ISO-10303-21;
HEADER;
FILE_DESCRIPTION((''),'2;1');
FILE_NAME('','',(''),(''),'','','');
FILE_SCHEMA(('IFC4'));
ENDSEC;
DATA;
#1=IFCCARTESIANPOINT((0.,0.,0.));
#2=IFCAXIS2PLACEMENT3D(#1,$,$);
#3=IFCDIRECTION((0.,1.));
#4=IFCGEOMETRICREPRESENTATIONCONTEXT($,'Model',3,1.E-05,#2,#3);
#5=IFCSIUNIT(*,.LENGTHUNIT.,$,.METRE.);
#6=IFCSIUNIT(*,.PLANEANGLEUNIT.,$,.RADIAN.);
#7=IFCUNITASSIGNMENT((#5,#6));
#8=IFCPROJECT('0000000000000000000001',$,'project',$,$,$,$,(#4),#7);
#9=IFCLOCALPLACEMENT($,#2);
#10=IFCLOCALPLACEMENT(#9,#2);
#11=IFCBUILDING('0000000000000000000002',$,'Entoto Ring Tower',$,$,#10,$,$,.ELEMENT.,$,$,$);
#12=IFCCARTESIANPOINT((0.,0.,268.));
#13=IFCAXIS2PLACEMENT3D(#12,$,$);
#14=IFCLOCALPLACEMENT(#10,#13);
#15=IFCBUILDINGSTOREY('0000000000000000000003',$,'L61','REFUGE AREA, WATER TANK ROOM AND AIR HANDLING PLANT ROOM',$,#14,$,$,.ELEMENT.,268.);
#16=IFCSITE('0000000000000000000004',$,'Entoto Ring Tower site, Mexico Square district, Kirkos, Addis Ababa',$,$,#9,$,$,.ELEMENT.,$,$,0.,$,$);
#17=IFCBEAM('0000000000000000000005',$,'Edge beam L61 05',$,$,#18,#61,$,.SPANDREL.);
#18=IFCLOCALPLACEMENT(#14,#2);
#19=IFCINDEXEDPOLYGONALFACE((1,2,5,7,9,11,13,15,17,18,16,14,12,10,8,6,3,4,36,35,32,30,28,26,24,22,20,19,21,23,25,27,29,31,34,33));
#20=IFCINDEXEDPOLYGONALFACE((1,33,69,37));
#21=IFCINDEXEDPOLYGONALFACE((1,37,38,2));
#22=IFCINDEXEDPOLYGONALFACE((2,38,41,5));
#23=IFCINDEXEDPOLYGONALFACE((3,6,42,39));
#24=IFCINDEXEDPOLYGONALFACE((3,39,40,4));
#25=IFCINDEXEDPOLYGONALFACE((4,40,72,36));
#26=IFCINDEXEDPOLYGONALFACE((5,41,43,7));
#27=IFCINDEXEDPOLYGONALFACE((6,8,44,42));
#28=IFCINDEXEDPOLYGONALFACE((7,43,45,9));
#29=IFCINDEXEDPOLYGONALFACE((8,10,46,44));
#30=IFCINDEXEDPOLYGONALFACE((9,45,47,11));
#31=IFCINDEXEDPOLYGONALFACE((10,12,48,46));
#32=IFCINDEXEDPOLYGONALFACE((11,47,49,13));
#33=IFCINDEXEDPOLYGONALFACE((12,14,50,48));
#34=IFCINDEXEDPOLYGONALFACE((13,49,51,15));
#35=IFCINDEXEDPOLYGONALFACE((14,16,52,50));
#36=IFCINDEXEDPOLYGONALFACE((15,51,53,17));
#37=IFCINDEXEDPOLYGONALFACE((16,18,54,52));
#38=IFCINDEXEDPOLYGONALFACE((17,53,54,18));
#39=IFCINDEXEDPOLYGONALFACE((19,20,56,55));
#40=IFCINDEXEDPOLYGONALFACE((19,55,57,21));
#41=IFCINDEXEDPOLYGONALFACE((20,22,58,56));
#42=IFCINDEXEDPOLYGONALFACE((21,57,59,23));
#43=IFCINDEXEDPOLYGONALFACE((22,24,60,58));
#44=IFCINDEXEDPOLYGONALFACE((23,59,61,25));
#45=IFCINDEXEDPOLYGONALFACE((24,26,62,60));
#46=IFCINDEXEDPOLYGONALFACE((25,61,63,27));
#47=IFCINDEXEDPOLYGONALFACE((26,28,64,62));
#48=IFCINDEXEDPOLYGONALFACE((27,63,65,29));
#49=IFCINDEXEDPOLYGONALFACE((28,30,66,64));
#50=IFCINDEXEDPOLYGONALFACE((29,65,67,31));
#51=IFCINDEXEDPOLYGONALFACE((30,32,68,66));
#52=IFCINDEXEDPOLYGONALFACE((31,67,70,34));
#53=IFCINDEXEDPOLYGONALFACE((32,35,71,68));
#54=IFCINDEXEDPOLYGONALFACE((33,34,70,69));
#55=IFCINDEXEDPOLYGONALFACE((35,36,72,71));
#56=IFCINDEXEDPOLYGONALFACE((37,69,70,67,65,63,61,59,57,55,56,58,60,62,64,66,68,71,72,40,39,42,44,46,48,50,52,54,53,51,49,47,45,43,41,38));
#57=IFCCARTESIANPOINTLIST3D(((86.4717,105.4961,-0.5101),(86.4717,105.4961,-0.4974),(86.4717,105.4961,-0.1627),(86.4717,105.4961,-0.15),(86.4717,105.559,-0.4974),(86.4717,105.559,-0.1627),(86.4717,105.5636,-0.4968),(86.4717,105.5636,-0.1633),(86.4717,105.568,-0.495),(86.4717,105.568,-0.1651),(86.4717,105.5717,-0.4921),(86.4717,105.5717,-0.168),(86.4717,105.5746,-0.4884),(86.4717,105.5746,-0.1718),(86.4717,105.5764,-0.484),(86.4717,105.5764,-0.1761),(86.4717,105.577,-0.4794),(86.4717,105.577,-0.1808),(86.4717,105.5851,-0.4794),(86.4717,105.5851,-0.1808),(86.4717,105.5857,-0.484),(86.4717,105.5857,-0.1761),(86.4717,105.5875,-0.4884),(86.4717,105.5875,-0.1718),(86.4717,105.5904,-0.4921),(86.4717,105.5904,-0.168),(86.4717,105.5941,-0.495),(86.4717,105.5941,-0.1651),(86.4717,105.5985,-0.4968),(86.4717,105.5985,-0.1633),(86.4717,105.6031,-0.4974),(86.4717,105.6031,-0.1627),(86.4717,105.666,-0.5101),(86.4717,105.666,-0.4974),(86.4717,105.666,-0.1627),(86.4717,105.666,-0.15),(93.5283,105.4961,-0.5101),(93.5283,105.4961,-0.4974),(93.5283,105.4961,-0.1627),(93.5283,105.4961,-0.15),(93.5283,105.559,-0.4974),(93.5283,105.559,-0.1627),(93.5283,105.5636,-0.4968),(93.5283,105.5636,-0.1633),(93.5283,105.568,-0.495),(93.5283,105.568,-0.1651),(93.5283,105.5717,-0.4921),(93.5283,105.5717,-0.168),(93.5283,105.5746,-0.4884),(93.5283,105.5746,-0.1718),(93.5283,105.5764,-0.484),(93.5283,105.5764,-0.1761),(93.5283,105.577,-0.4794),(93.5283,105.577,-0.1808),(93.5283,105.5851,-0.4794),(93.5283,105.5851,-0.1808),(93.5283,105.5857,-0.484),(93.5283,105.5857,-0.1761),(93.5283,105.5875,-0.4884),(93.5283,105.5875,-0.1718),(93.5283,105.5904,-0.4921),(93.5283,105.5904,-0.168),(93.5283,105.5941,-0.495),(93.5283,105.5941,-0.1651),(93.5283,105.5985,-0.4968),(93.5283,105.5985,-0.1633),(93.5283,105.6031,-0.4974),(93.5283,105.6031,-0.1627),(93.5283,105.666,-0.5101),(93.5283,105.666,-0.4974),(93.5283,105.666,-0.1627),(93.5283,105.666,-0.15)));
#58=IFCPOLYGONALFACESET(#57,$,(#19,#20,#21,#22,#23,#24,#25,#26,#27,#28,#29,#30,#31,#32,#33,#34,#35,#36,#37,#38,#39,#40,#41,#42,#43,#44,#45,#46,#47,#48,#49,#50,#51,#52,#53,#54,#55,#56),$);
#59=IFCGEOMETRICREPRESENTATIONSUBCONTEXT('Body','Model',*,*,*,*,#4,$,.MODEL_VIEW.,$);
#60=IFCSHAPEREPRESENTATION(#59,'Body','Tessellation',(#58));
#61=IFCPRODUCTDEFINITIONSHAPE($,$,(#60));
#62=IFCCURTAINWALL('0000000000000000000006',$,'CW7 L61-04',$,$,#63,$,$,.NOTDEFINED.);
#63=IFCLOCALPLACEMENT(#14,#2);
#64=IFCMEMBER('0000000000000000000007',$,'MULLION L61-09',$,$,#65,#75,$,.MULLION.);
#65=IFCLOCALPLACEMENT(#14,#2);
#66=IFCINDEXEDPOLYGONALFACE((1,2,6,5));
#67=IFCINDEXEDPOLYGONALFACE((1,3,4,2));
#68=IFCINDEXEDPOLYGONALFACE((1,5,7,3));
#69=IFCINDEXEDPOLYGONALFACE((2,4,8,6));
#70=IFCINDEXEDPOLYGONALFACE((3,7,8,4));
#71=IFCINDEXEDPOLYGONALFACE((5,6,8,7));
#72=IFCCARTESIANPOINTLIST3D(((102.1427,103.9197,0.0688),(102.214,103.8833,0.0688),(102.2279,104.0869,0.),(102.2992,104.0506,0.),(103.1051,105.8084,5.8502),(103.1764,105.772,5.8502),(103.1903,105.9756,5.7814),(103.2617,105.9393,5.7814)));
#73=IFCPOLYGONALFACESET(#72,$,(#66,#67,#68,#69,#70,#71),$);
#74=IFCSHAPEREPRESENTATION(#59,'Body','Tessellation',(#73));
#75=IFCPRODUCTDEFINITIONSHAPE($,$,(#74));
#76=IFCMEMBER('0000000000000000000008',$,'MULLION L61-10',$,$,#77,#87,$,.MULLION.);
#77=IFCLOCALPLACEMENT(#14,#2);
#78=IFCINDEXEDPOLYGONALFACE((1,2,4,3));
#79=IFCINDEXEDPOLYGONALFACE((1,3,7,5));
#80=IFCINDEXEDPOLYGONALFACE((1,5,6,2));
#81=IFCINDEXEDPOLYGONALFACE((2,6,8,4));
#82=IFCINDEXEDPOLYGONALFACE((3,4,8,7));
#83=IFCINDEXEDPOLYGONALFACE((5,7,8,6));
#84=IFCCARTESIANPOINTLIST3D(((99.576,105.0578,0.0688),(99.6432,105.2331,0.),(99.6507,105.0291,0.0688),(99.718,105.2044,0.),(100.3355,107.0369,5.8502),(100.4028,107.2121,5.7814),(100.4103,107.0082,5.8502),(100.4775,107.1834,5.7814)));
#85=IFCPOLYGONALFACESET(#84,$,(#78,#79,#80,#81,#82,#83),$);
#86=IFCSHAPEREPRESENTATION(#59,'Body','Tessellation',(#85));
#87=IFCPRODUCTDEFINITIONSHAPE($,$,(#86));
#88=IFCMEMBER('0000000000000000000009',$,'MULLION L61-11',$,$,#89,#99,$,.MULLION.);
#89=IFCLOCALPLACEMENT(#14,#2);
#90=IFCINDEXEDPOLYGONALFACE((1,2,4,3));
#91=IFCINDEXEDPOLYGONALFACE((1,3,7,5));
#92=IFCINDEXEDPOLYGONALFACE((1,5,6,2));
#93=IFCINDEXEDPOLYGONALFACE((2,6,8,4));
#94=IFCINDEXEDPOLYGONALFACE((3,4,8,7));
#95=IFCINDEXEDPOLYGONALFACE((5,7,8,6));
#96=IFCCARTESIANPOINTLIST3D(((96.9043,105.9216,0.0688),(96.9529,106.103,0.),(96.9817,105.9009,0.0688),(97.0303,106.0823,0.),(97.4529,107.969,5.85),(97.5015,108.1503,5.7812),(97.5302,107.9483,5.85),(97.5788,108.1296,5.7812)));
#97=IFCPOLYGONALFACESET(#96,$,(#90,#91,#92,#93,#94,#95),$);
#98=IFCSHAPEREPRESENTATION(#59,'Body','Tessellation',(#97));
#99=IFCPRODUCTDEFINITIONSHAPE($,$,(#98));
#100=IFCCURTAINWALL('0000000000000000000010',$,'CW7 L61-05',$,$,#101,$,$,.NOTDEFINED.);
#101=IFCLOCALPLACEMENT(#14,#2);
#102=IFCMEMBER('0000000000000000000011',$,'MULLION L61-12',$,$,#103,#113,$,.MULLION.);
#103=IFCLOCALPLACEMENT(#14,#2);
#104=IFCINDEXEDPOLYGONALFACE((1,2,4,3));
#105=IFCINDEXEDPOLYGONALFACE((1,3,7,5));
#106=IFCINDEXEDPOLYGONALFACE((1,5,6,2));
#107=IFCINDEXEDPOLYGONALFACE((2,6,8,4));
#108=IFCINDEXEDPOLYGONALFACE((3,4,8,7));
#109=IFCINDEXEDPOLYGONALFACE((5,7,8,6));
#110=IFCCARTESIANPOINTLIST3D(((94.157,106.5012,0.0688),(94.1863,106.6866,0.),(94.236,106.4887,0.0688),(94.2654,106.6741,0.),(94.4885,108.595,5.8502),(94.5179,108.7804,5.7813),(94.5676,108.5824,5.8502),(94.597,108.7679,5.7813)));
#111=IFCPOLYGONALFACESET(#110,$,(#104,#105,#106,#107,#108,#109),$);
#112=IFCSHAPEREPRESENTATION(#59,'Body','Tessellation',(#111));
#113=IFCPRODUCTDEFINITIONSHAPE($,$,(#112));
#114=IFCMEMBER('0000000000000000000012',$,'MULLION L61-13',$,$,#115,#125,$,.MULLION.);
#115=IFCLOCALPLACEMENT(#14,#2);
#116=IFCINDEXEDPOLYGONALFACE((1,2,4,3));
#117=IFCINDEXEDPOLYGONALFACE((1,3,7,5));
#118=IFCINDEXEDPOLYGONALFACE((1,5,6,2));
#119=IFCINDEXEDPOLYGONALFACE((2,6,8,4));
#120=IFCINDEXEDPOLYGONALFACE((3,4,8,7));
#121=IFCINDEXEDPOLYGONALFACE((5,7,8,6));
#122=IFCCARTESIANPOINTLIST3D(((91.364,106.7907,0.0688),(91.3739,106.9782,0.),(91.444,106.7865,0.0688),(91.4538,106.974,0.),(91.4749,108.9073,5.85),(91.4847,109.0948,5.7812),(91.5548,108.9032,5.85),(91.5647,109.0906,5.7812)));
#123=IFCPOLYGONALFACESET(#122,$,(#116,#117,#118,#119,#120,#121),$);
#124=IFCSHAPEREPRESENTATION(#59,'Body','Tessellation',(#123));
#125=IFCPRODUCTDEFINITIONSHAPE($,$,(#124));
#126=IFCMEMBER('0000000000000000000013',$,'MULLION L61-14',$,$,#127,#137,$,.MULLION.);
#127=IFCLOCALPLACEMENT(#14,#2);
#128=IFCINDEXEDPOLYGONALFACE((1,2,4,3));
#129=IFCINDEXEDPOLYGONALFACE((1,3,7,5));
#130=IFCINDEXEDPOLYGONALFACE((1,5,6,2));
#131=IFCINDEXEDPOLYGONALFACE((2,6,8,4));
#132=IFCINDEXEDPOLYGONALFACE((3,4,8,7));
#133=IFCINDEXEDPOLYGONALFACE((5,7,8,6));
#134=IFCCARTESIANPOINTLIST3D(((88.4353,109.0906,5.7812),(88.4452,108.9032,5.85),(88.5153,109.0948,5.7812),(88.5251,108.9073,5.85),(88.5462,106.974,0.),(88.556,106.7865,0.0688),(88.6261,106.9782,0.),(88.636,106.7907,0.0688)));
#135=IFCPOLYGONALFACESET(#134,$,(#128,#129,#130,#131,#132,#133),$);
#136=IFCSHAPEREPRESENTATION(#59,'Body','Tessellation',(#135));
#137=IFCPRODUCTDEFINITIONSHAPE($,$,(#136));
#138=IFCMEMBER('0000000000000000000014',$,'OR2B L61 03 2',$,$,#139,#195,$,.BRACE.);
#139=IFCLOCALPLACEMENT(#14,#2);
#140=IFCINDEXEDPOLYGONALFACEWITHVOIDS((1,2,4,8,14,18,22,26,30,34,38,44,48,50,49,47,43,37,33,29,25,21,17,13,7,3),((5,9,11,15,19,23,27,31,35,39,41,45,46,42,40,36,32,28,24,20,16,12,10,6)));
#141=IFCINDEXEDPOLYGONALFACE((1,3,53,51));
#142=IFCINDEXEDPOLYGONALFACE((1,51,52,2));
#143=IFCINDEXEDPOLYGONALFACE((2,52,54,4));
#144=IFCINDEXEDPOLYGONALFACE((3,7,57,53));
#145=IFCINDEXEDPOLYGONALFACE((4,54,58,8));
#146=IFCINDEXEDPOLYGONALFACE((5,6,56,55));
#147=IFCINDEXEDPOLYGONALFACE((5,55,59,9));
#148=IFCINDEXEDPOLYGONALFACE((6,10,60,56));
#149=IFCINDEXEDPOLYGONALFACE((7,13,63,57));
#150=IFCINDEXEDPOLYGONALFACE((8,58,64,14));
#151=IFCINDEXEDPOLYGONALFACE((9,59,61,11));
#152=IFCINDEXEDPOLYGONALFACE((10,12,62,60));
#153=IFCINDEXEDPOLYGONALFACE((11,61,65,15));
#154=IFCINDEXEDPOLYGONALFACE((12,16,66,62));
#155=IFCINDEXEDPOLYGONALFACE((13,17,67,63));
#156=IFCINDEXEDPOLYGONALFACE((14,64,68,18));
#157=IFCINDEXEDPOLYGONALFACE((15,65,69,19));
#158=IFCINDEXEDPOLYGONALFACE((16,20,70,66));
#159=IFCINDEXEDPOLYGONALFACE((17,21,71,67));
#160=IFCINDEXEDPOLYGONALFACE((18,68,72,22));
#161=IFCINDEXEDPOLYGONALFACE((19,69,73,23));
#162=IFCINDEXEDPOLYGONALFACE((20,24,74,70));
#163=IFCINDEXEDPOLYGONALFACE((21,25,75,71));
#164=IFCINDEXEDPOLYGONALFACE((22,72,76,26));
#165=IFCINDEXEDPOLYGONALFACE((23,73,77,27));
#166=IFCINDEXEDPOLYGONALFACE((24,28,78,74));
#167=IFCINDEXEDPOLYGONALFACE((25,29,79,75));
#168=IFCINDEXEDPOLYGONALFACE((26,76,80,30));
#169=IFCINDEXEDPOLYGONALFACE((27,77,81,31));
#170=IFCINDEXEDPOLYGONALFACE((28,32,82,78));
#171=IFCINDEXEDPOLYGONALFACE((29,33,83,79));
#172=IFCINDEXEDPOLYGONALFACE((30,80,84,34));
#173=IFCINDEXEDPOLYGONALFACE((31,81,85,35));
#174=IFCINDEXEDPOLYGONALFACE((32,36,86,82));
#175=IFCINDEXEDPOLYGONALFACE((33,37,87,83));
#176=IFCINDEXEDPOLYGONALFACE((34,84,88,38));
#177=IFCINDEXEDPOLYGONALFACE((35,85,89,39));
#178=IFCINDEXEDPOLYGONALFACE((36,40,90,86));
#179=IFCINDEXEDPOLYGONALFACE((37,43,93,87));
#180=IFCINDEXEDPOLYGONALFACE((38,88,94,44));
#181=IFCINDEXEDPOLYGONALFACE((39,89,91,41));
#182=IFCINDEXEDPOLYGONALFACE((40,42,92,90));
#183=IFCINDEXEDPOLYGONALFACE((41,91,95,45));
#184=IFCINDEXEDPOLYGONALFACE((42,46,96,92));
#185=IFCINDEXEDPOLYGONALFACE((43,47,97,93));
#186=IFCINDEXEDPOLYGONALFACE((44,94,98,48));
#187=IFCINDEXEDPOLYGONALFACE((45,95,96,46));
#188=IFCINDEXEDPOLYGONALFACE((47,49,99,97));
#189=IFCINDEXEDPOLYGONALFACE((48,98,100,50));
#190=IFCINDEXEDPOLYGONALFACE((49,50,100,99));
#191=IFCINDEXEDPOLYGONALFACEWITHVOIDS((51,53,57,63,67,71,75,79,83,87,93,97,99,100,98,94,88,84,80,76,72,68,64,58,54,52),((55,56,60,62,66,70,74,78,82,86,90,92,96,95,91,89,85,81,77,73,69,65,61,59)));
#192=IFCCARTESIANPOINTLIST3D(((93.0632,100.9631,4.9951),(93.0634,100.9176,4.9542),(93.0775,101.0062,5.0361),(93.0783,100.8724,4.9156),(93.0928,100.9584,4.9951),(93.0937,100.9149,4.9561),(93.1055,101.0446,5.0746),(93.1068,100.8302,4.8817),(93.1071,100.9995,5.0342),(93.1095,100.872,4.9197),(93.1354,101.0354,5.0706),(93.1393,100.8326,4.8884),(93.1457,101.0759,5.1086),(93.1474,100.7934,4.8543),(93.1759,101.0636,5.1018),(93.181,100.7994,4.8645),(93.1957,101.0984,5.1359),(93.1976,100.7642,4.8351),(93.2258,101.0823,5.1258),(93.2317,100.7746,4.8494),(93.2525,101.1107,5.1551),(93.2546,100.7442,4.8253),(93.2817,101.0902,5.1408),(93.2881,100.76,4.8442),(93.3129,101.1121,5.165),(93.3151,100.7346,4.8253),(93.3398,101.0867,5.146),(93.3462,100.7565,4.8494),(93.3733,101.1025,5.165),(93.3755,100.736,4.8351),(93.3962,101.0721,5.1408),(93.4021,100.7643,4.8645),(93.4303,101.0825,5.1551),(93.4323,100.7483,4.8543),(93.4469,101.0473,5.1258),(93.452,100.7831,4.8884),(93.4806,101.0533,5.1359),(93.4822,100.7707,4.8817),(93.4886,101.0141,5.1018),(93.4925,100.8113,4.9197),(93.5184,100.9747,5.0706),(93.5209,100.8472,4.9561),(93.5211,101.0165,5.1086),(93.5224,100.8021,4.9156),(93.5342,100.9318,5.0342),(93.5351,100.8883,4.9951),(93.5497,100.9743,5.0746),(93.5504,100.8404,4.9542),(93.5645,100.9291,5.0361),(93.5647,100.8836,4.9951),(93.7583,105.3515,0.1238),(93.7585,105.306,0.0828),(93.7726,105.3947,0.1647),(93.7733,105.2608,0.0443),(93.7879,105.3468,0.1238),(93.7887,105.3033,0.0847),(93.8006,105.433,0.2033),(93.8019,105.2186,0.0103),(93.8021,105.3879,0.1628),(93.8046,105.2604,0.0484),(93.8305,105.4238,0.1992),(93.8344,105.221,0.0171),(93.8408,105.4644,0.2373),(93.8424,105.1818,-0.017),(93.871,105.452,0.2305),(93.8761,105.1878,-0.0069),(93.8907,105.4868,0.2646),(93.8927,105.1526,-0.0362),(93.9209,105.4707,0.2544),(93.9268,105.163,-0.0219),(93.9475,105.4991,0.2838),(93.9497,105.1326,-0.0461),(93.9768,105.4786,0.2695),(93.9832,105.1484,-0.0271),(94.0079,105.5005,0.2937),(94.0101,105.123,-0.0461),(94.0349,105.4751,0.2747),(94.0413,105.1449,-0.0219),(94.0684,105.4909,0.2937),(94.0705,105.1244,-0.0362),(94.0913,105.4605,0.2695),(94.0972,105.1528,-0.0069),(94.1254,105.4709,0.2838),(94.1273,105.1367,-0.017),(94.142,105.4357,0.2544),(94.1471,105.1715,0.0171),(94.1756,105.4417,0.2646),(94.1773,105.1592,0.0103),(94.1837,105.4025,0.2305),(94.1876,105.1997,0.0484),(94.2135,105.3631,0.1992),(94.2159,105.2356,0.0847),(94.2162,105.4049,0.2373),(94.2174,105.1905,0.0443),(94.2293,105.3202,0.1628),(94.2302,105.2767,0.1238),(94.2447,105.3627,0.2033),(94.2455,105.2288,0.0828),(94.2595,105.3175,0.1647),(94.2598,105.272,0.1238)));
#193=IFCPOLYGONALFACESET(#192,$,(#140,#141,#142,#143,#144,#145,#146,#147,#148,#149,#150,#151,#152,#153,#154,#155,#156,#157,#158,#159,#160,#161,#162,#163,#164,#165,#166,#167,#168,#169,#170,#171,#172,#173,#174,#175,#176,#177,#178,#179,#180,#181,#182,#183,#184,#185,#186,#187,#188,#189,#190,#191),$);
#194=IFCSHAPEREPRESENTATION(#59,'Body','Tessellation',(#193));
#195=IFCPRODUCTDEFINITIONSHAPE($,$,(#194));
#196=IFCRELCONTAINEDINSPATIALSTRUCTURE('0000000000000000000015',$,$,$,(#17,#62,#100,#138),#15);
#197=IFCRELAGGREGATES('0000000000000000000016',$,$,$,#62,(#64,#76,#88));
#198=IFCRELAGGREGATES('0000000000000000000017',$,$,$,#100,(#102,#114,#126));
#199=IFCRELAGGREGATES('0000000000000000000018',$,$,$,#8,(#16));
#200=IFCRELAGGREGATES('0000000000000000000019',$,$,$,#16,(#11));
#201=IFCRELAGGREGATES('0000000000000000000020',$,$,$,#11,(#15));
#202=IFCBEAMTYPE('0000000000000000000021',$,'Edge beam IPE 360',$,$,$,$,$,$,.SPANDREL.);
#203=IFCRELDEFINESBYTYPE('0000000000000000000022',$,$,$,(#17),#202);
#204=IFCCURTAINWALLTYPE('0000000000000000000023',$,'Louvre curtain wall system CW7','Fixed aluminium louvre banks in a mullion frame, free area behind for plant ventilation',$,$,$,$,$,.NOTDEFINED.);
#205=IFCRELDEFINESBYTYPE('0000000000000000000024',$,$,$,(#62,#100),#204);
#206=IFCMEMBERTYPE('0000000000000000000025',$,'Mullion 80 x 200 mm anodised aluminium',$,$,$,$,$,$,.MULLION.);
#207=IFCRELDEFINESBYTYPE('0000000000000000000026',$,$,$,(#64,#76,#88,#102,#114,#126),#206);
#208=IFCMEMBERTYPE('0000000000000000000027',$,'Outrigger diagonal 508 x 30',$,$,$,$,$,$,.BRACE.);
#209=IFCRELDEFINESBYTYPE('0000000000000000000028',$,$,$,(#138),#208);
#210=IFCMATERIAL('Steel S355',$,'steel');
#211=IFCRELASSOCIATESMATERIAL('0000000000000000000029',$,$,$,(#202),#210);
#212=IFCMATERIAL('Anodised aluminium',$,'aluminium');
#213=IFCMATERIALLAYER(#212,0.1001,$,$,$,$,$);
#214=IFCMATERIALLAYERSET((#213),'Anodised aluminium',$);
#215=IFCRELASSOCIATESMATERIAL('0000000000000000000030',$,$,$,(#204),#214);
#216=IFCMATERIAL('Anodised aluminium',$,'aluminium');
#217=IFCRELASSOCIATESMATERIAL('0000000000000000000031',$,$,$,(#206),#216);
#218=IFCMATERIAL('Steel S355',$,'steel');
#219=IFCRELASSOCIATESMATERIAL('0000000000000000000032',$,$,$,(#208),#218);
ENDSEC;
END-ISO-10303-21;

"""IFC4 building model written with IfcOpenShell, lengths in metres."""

from ifc_helpers import new_model, si_unit, direction, frame, origin, origin_2d, place, context, subcontext, project, spatial, rectangle, circle, hollow_circle, i_section, extrude, material, layer, layer_set, material_profile, profile_set, type_object, element, aggregate, save


model = new_model("IFC4")

# Units and contexts
model_context = context("Model", 3, precision=1e-05, world=origin(), true_north=direction((0.0, 1.0)))
body_context = subcontext(model_context, "Body", "Model", "MODEL_VIEW")
ifc_project = project(units=[si_unit("LENGTHUNIT", "METRE"), si_unit("PLANEANGLEUNIT", "RADIAN")], contexts=[model_context])

# Site, building, storey
site_placement = place(None, origin())
site = spatial("IfcSite", under=ifc_project, at=site_placement, Name="Entoto Ring Tower site, Mexico Square district, Kirkos, Addis Ababa", CompositionType="ELEMENT", RefElevation=0.0)
building_placement = place(site_placement, origin())
building = spatial("IfcBuilding", under=site, at=building_placement, Name="Entoto Ring Tower", CompositionType="ELEMENT")
storey_placement = place(building_placement, frame((0.0, 0.0, 268.0)))
storey = spatial("IfcBuildingStorey", under=building, at=storey_placement, Name="L61", Description="REFUGE AREA, WATER TANK ROOM AND AIR HANDLING PLANT ROOM", CompositionType="ELEMENT", Elevation=268.0)

# Beam
ifc_material_1 = material(Name="Steel S355", Category="steel")
ifc_material_profile_1 = material_profile(ifc_material_1, i_section(OverallWidth=0.1699, OverallDepth=0.3601, WebThickness=0.0081, FlangeThickness=0.0127, FilletRadius=0.0181, at=origin_2d()), Name="IPE 360")
ifc_profile_set_1 = profile_set([ifc_material_profile_1], Name="Steel S355")
beam_type = type_object("IfcBeamType", Name="Edge beam IPE 360", PredefinedType="SPANDREL", material=ifc_profile_set_1)
beam_1_placement = place(storey_placement, frame((93.5283, 105.5811, -0.3301), z_axis=(-1.0, 0.0, 0.0), x_axis=(0.0, -1.0, 0.0)))
element("IfcBeam", 1, at=beam_1_placement, inside=storey, type_object=beam_type, Name="Edge beam L61 05", PredefinedType="SPANDREL", context=body_context, shape_type="SweptSolid", body=[
    extrude(i_section(OverallWidth=0.1699, OverallDepth=0.3601, WebThickness=0.0081, FlangeThickness=0.0127, FilletRadius=0.0181, at=origin_2d()), origin(), (0.0, 0.0, 1.0), 7.0566),
])

# Curtain walls, members
ifc_material_2 = material(Name="Anodised aluminium", Category="aluminium")
ifc_layer_1 = layer(ifc_material_2, 0.1001)
ifc_layer_set_1 = layer_set([ifc_layer_1], Name="Anodised aluminium")
curtain_wall_type = type_object("IfcCurtainWallType", Name="Louvre curtain wall system CW7", Description="Fixed aluminium louvre banks in a mullion frame, free area behind for plant ventilation", PredefinedType="NOTDEFINED", material=ifc_layer_set_1)
curtain_wall_1_placement = place(storey_placement, origin())
curtain_wall_1 = element("IfcCurtainWall", 2, at=curtain_wall_1_placement, inside=storey, type_object=curtain_wall_type, Name="CW7 L61-04", PredefinedType="NOTDEFINED")
ifc_material_3 = material(Name="Anodised aluminium", Category="aluminium")
ifc_material_profile_2 = material_profile(ifc_material_3, rectangle(XDim=0.0801, YDim=0.2, at=origin_2d()), Name="Mullion 80 x 200 mm anodised aluminium")
ifc_profile_set_2 = profile_set([ifc_material_profile_2], Name="Anodised aluminium")
member_type_1 = type_object("IfcMemberType", Name="Mullion 80 x 200 mm anodised aluminium", PredefinedType="MULLION", material=ifc_profile_set_2)
member_1_placement = place(storey_placement, frame((102.2209, 103.9851, 0.0344), z_axis=(0.156295, 0.306722, 0.938879), x_axis=(-0.890992, 0.454019, 0.0)))
member_1 = element("IfcMember", 3, at=member_1_placement, type_object=member_type_1, Name="MULLION L61-09", PredefinedType="MULLION", context=body_context, shape_type="SweptSolid", body=[
    extrude(rectangle(XDim=0.0801, YDim=0.2, at=origin_2d()), origin(), (0.0, 0.0, 1.0), 6.1577),
])
member_2_placement = place(storey_placement, frame((99.647, 105.1311, 0.0344), z_axis=(0.123347, 0.321391, 0.938879), x_axis=(-0.933604, 0.358308, 0.0)))
member_2 = element("IfcMember", 4, at=member_2_placement, type_object=member_type_1, Name="MULLION L61-10", PredefinedType="MULLION", context=body_context, shape_type="SweptSolid", body=[
    extrude(rectangle(XDim=0.0801, YDim=0.2, at=origin_2d()), origin(), (0.0, 0.0, 1.0), 6.1577),
])
member_3_placement = place(storey_placement, frame((96.9673, 106.002, 0.0344), z_axis=(0.089091, 0.332496, 0.938887), x_axis=(-0.965926, 0.258817, 0.0)))
member_3 = element("IfcMember", 5, at=member_3_placement, type_object=member_type_1, Name="MULLION L61-11", PredefinedType="MULLION", context=body_context, shape_type="SweptSolid", body=[
    extrude(rectangle(XDim=0.0801, YDim=0.2, at=origin_2d()), origin(), (0.0, 0.0, 1.0), 6.1575),
])
aggregate(curtain_wall_1, [member_1, member_2, member_3])
curtain_wall_2_placement = place(storey_placement, origin())
curtain_wall_2 = element("IfcCurtainWall", 6, at=curtain_wall_2_placement, inside=storey, type_object=curtain_wall_type, Name="CW7 L61-05", PredefinedType="NOTDEFINED")
member_4_placement = place(storey_placement, frame((94.2112, 106.5876, 0.0344), z_axis=(0.053843, 0.340025, 0.938874), x_axis=(-0.987694, 0.1564, 0.0)))
member_4 = element("IfcMember", 7, at=member_4_placement, type_object=member_type_1, Name="MULLION L61-12", PredefinedType="MULLION", context=body_context, shape_type="SweptSolid", body=[
    extrude(rectangle(XDim=0.0801, YDim=0.2, at=origin_2d()), origin(), (0.0, 0.0, 1.0), 6.1577),
])
member_5_placement = place(storey_placement, frame((91.4089, 106.8823, 0.0344), z_axis=(0.018001, 0.343756, 0.938886), x_axis=(-0.998632, 0.052293, 0.0)))
member_5 = element("IfcMember", 8, at=member_5_placement, type_object=member_type_1, Name="MULLION L61-13", PredefinedType="MULLION", context=body_context, shape_type="SweptSolid", body=[
    extrude(rectangle(XDim=0.0801, YDim=0.2, at=origin_2d()), origin(), (0.0, 0.0, 1.0), 6.1575),
])
member_6_placement = place(storey_placement, frame((88.5911, 106.8823, 0.0344), z_axis=(-0.018001, 0.343756, 0.938886), x_axis=(-0.998632, -0.052293, 0.0)))
member_6 = element("IfcMember", 9, at=member_6_placement, type_object=member_type_1, Name="MULLION L61-14", PredefinedType="MULLION", context=body_context, shape_type="SweptSolid", body=[
    extrude(rectangle(XDim=0.0801, YDim=0.2, at=origin_2d()), origin(), (0.0, 0.0, 1.0), 6.1575),
])
aggregate(curtain_wall_2, [member_4, member_5, member_6])

# Member
ifc_material_4 = material(Name="Steel S355", Category="steel")
ifc_material_profile_3 = material_profile(ifc_material_4, hollow_circle(Radius=0.2539, WallThickness=0.03, at=origin_2d()), Name="CHS 508 x 30")
ifc_material_5 = material(Name="Concrete C60/75", Category="concrete")
ifc_material_profile_4 = material_profile(ifc_material_5, circle(Radius=0.2241, at=origin_2d()), Name="Concrete C60/75 infill")
ifc_profile_set_3 = profile_set([ifc_material_profile_3, ifc_material_profile_4], Name="Steel S355")
member_type_2 = type_object("IfcMemberType", Name="Outrigger diagonal 508 x 30", PredefinedType="BRACE", material=ifc_profile_set_3)
member_7_placement = place(storey_placement, frame((93.314, 100.9233, 4.9951), z_axis=(0.105421, 0.665591, -0.738834), x_axis=(-0.987688, 0.156437, 0.0)))
element("IfcMember", 10, at=member_7_placement, inside=storey, type_object=member_type_2, Name="OR2B L61 03 2", PredefinedType="BRACE", context=body_context, shape_type="SweptSolid", body=[
    extrude(hollow_circle(Radius=0.2539, WallThickness=0.03, at=origin_2d()), origin(), (0.0, 0.0, 1.0), 6.5933),
])

save(model, "model.ifc")
